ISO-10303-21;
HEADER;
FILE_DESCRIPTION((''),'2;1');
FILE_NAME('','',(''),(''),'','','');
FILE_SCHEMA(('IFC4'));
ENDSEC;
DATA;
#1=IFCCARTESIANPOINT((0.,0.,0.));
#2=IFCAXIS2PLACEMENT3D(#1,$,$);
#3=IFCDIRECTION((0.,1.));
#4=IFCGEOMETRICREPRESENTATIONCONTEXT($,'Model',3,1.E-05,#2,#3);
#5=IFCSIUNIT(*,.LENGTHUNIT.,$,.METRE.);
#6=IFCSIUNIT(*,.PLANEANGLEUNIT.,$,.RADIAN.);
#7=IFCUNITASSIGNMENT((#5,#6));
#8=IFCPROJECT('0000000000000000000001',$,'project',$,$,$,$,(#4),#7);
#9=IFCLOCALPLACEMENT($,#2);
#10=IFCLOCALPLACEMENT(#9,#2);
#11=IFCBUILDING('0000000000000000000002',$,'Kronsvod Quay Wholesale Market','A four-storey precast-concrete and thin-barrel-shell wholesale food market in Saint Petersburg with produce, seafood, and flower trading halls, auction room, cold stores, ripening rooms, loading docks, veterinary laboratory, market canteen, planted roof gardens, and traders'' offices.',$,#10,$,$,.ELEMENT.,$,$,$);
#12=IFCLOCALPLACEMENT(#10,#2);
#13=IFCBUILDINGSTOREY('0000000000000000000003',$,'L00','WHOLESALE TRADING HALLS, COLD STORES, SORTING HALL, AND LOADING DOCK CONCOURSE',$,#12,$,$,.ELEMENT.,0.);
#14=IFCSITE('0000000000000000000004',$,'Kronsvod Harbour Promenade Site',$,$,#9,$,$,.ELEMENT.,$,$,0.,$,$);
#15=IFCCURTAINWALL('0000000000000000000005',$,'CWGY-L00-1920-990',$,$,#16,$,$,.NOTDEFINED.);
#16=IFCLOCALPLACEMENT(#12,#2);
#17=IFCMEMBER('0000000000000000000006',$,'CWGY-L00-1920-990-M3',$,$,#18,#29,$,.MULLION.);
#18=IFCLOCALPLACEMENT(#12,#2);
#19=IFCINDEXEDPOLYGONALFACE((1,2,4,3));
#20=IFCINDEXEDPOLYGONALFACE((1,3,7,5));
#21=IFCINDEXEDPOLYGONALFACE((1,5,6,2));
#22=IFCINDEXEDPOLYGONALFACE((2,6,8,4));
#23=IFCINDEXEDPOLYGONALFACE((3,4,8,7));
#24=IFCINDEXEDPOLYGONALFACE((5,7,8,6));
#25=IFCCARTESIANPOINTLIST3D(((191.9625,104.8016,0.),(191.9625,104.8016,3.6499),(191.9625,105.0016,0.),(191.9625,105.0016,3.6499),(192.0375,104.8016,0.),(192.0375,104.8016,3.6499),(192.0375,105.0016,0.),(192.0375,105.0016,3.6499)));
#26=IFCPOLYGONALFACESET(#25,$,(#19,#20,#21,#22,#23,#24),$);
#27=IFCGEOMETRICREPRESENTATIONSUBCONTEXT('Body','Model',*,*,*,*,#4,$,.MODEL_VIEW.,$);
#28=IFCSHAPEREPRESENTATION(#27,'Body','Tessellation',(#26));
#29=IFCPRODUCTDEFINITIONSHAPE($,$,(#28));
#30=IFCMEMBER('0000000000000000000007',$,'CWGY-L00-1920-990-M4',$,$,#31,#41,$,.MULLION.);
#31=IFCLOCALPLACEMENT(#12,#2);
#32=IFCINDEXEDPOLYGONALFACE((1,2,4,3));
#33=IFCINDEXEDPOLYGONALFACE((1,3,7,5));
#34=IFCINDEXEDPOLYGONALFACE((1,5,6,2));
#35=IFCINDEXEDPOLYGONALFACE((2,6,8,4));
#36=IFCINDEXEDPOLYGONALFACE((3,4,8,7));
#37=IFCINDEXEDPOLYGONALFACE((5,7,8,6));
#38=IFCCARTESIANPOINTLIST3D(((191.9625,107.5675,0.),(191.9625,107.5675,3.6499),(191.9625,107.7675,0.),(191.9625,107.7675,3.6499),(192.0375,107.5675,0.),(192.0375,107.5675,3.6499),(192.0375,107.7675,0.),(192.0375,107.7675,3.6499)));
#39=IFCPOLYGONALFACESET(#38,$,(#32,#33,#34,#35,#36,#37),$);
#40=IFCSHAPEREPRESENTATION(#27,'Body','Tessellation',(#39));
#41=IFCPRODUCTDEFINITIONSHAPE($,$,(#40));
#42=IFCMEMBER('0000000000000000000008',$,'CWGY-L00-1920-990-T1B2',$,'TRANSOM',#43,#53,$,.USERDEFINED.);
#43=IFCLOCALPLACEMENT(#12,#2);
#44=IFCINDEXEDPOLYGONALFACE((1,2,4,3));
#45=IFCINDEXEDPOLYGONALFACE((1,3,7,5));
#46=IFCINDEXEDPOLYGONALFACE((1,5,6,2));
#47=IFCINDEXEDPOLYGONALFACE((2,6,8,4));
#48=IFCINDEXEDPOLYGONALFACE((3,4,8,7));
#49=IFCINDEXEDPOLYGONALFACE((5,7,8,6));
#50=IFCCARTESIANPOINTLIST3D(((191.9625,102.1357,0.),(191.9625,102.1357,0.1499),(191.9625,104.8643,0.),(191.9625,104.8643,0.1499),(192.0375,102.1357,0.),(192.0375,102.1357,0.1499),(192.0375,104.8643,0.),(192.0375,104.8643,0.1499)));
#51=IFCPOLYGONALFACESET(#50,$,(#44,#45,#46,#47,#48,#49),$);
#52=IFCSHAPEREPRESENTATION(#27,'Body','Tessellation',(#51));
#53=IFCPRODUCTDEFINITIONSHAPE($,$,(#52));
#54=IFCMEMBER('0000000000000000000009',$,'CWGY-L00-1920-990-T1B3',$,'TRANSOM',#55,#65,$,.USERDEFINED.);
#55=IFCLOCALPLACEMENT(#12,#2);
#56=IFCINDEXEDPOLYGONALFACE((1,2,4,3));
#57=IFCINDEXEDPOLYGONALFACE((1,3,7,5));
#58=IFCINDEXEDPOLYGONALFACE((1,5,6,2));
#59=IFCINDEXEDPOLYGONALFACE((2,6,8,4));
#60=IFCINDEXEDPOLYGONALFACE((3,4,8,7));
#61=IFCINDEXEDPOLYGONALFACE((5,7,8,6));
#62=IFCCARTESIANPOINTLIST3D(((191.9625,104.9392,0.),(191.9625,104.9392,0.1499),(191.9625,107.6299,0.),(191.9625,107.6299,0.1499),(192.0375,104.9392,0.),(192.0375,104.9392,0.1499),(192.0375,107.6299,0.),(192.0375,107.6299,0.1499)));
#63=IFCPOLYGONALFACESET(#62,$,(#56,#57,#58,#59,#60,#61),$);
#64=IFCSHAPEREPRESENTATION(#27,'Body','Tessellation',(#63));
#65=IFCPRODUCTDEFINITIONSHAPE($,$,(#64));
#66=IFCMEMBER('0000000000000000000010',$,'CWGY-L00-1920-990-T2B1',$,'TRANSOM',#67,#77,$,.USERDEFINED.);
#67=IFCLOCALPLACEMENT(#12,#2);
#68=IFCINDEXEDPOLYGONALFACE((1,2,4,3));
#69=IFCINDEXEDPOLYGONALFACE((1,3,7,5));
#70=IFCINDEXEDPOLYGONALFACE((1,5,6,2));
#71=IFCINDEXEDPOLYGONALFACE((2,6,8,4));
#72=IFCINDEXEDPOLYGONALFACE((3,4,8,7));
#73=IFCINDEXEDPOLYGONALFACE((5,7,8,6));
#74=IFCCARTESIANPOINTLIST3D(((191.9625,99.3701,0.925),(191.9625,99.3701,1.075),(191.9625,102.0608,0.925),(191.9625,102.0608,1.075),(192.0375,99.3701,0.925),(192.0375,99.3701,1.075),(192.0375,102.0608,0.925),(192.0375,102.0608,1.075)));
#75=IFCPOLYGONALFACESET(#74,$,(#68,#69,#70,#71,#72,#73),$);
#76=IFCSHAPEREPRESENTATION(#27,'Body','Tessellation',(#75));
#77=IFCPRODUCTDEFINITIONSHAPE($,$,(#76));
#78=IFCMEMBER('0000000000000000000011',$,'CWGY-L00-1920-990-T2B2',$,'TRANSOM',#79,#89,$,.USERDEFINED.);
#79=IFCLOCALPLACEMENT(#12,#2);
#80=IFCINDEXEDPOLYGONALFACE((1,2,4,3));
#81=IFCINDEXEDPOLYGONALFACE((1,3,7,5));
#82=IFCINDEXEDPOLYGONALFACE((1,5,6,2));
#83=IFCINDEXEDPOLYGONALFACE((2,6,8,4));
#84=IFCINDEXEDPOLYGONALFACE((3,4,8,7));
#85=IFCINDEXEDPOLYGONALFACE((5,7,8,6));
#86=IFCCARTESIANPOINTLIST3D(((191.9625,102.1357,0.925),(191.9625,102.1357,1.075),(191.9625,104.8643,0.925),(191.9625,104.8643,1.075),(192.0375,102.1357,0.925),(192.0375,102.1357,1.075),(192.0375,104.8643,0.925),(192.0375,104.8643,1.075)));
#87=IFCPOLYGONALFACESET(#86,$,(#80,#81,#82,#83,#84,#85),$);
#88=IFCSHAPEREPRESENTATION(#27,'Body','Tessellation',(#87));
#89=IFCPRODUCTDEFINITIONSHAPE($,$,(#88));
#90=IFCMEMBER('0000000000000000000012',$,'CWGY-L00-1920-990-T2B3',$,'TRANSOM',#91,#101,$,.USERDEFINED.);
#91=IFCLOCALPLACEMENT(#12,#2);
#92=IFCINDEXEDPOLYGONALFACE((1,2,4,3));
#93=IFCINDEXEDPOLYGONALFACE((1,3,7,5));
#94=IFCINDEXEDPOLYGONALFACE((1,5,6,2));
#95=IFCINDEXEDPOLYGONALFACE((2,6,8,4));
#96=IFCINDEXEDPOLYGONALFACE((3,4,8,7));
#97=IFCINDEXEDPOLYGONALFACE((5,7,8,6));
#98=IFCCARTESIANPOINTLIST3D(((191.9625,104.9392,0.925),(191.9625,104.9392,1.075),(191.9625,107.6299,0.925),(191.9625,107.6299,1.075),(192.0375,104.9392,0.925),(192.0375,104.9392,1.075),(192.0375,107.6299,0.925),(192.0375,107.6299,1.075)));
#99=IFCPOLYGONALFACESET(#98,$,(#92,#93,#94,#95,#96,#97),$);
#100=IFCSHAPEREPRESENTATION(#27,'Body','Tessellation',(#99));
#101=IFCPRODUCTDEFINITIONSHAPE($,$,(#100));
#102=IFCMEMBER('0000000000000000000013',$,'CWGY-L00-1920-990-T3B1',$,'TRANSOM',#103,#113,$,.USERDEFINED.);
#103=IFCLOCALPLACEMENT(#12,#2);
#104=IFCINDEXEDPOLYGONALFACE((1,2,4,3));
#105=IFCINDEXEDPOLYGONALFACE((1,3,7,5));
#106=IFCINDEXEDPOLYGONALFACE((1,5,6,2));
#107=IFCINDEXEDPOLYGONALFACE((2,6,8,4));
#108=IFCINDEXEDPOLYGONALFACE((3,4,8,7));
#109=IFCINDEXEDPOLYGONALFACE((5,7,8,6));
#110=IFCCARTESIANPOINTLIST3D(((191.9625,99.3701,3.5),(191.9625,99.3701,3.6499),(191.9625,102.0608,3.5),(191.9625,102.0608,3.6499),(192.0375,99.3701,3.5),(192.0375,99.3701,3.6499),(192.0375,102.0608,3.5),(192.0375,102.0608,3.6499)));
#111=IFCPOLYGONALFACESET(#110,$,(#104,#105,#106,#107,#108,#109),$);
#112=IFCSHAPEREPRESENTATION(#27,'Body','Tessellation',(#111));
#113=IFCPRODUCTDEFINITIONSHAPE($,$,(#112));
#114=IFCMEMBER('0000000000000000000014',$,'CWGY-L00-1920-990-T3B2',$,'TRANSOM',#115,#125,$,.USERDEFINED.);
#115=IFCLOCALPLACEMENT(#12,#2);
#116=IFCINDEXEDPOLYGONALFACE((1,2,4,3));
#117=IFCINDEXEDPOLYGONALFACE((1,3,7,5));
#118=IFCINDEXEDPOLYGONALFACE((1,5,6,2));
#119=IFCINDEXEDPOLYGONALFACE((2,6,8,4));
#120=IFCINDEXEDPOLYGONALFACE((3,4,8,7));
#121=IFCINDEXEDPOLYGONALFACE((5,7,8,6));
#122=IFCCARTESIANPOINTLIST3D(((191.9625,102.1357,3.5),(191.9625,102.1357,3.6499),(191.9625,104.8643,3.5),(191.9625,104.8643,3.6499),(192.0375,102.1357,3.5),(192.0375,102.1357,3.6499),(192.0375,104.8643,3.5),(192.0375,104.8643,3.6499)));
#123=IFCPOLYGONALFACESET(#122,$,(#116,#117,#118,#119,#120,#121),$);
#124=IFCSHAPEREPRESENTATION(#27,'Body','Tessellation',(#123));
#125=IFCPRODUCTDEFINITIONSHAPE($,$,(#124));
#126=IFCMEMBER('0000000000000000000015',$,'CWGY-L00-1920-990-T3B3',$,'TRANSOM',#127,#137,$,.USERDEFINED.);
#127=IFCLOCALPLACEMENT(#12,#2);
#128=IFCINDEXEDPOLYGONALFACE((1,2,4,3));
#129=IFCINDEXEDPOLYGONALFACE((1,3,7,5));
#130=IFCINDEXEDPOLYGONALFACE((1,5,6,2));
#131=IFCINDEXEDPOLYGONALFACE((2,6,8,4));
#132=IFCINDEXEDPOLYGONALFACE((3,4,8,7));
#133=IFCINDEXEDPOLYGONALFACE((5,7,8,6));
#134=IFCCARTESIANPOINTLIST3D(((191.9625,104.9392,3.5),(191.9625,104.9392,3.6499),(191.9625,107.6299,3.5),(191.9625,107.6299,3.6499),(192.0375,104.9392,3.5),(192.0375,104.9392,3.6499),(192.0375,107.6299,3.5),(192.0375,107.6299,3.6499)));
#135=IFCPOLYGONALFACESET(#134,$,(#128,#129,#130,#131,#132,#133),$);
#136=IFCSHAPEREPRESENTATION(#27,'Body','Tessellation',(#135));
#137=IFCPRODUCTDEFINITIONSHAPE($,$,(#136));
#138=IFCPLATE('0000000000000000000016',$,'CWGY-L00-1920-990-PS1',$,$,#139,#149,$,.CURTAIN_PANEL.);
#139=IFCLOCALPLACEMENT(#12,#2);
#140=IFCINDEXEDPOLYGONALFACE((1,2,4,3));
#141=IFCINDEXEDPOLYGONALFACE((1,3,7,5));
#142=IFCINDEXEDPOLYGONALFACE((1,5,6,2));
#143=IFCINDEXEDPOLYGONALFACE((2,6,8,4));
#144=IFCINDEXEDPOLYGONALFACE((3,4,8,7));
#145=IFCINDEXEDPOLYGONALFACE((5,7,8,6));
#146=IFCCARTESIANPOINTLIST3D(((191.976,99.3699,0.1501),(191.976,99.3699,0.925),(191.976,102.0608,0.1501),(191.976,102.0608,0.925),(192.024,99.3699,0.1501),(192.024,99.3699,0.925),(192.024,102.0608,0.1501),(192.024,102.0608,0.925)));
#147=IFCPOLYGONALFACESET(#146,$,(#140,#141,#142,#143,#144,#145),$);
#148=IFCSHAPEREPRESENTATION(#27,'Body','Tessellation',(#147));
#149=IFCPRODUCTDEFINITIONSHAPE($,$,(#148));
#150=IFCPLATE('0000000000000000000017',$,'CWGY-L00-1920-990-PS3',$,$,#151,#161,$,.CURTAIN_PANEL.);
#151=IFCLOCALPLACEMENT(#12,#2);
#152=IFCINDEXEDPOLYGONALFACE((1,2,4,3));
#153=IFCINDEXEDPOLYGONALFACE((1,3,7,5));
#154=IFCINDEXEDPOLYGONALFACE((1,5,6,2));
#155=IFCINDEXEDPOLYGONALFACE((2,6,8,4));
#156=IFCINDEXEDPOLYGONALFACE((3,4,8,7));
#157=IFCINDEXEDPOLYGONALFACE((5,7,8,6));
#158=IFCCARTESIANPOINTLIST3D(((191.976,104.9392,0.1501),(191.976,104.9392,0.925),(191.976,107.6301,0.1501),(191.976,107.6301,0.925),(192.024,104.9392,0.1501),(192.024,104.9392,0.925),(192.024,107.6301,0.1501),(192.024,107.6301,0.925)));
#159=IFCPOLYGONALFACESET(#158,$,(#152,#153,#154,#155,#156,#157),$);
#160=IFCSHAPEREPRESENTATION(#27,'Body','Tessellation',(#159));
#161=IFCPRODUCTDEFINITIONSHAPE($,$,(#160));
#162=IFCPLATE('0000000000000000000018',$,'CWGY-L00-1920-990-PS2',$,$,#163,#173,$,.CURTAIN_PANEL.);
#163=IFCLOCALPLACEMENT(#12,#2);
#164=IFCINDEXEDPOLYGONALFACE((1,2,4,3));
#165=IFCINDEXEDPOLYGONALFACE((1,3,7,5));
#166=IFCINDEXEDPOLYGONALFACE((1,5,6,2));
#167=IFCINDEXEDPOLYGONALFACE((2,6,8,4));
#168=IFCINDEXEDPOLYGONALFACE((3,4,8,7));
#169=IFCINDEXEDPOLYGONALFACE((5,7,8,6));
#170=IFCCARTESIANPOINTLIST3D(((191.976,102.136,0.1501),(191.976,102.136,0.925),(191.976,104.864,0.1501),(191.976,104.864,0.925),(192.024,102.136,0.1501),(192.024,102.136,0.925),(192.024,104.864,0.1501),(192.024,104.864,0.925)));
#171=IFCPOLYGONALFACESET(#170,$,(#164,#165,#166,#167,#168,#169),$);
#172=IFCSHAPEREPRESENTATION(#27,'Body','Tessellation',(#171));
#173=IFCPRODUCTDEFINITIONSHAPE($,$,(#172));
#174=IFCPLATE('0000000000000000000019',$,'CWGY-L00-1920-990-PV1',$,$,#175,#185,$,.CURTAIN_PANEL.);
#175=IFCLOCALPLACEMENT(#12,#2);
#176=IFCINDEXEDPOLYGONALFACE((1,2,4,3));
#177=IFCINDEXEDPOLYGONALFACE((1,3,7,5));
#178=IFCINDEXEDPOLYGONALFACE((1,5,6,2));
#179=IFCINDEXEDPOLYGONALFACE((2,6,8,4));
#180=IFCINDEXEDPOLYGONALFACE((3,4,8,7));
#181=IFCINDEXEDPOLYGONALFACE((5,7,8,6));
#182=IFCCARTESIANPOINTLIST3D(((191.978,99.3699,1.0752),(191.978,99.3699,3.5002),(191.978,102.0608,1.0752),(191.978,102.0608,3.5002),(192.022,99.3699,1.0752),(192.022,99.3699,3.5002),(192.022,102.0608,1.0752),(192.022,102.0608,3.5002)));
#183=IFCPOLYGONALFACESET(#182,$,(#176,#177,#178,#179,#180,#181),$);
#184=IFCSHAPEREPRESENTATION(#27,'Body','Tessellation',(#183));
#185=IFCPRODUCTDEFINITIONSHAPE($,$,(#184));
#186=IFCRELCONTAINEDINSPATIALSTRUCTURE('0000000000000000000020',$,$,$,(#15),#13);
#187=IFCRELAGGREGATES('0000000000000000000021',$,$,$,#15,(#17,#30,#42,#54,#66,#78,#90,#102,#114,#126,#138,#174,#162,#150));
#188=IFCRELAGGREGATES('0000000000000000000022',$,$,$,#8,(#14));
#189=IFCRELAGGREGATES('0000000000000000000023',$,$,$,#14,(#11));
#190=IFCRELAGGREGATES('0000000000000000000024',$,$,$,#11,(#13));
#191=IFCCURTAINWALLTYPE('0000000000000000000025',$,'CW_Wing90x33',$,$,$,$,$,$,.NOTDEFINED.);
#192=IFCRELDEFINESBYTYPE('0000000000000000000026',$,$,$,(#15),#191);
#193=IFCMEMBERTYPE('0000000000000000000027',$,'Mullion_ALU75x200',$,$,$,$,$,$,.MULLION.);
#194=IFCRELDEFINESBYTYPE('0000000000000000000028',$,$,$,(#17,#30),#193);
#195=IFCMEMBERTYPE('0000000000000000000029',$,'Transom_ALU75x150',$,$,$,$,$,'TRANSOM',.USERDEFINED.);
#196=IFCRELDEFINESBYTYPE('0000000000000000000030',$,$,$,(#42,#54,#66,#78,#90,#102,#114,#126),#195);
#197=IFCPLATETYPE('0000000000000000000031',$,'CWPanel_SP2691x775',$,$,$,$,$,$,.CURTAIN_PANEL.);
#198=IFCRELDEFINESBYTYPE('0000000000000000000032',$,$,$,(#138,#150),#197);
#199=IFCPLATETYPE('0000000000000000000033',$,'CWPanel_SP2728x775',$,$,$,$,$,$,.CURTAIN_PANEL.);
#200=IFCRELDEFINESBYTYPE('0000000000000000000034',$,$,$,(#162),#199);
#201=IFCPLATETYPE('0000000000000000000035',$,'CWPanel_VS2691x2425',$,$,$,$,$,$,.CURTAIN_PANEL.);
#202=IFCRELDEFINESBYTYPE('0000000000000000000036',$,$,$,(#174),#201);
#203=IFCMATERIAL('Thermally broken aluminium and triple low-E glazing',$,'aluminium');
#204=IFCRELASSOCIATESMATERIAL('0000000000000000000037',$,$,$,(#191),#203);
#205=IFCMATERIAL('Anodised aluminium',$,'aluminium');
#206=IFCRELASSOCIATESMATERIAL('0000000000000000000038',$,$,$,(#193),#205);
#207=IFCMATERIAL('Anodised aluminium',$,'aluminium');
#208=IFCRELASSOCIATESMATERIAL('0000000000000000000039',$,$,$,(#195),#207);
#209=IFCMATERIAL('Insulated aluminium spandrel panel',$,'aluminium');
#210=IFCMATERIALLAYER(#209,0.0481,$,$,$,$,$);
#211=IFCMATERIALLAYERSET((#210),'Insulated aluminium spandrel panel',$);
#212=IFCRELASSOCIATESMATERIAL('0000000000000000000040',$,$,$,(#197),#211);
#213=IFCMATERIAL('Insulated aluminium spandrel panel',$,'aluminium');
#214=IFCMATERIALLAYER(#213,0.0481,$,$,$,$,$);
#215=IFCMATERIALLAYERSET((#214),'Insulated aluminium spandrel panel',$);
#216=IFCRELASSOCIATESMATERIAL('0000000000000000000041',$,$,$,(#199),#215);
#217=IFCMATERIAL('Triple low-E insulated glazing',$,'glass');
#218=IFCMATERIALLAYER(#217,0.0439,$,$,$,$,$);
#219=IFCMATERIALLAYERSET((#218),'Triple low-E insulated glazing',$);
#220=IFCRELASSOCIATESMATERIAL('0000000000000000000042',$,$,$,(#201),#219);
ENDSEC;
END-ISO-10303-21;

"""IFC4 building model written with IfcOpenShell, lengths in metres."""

from ifc_helpers import new_model, si_unit, direction, frame, origin, origin_2d, place, context, subcontext, project, spatial, rectangle, extrude, material, layer, layer_set, material_profile, profile_set, type_object, element, aggregate, save


model = new_model("IFC4")

# Units and contexts
model_context = context("Model", 3, precision=1e-05, world=origin(), true_north=direction((0.0, 1.0)))
body_context = subcontext(model_context, "Body", "Model", "MODEL_VIEW")
ifc_project = project(units=[si_unit("LENGTHUNIT", "METRE"), si_unit("PLANEANGLEUNIT", "RADIAN")], contexts=[model_context])

# Site, building, storey
site_placement = place(None, origin())
site = spatial("IfcSite", under=ifc_project, at=site_placement, Name="Kronsvod Harbour Promenade Site", CompositionType="ELEMENT", RefElevation=0.0)
building_placement = place(site_placement, origin())
building = spatial("IfcBuilding", under=site, at=building_placement, Name="Kronsvod Quay Wholesale Market", Description="A four-storey precast-concrete and thin-barrel-shell wholesale food market in Saint Petersburg with produce, seafood, and flower trading halls, auction room, cold stores, ripening rooms, loading docks, veterinary laboratory, market canteen, planted roof gardens, and traders' offices.", CompositionType="ELEMENT")
storey_placement = place(building_placement, origin())
storey = spatial("IfcBuildingStorey", under=building, at=storey_placement, Name="L00", Description="WHOLESALE TRADING HALLS, COLD STORES, SORTING HALL, AND LOADING DOCK CONCOURSE", CompositionType="ELEMENT", Elevation=0.0)

# Curtain wall, members, plates
ifc_material_1 = material(Name="Thermally broken aluminium and triple low-E glazing", Category="aluminium")
curtain_wall_type = type_object("IfcCurtainWallType", Name="CW_Wing90x33", PredefinedType="NOTDEFINED", material=ifc_material_1)
curtain_wall_placement = place(storey_placement, origin())
curtain_wall = element("IfcCurtainWall", 1, at=curtain_wall_placement, inside=storey, type_object=curtain_wall_type, Name="CWGY-L00-1920-990", PredefinedType="NOTDEFINED")
ifc_material_2 = material(Name="Anodised aluminium", Category="aluminium")
ifc_material_profile_1 = material_profile(ifc_material_2, rectangle(XDim=0.075, YDim=0.2, at=origin_2d()), Name="ALUM75x200")
ifc_profile_set_1 = profile_set([ifc_material_profile_1], Name="Anodised aluminium")
member_type_1 = type_object("IfcMemberType", Name="Mullion_ALU75x200", PredefinedType="MULLION", material=ifc_profile_set_1)
member_1_placement = place(storey_placement, frame((192.0, 104.9016, 0.0), z_axis=(0.0, 0.0, 1.0), x_axis=(1.0, 0.0, 0.0)))
member_1 = element("IfcMember", 2, at=member_1_placement, type_object=member_type_1, Name="CWGY-L00-1920-990-M3", PredefinedType="MULLION", context=body_context, shape_type="SweptSolid", body=[
    extrude(rectangle(XDim=0.075, YDim=0.2, at=origin_2d()), origin(), (0.0, 0.0, 1.0), 3.6499),
])
member_2_placement = place(storey_placement, frame((192.0, 107.6675, 0.0), z_axis=(0.0, 0.0, 1.0), x_axis=(1.0, 0.0, 0.0)))
member_2 = element("IfcMember", 3, at=member_2_placement, type_object=member_type_1, Name="CWGY-L00-1920-990-M4", PredefinedType="MULLION", context=body_context, shape_type="SweptSolid", body=[
    extrude(rectangle(XDim=0.075, YDim=0.2, at=origin_2d()), origin(), (0.0, 0.0, 1.0), 3.6499),
])
ifc_material_3 = material(Name="Anodised aluminium", Category="aluminium")
ifc_material_profile_2 = material_profile(ifc_material_3, rectangle(XDim=0.075, YDim=0.1499, at=origin_2d()), Name="ALUT75x150")
ifc_profile_set_2 = profile_set([ifc_material_profile_2], Name="Anodised aluminium")
member_type_2 = type_object("IfcMemberType", Name="Transom_ALU75x150", ElementType="TRANSOM", PredefinedType="USERDEFINED", material=ifc_profile_set_2)
member_3_placement = place(storey_placement, frame((192.0, 102.1357, 0.075), z_axis=(0.0, 1.0, 0.0), x_axis=(-1.0, 0.0, 0.0)))
member_3 = element("IfcMember", 4, at=member_3_placement, type_object=member_type_2, Name="CWGY-L00-1920-990-T1B2", ObjectType="TRANSOM", PredefinedType="USERDEFINED", context=body_context, shape_type="SweptSolid", body=[
    extrude(rectangle(XDim=0.075, YDim=0.1499, at=origin_2d()), origin(), (0.0, 0.0, 1.0), 2.7285),
])
member_4_placement = place(storey_placement, frame((192.0, 104.9392, 0.075), z_axis=(0.0, 1.0, 0.0), x_axis=(-1.0, 0.0, 0.0)))
member_4 = element("IfcMember", 5, at=member_4_placement, type_object=member_type_2, Name="CWGY-L00-1920-990-T1B3", ObjectType="TRANSOM", PredefinedType="USERDEFINED", context=body_context, shape_type="SweptSolid", body=[
    extrude(rectangle(XDim=0.075, YDim=0.1499, at=origin_2d()), origin(), (0.0, 0.0, 1.0), 2.6907),
])
member_5_placement = place(storey_placement, frame((192.0, 99.3701, 1.0), z_axis=(0.0, 1.0, 0.0), x_axis=(-1.0, 0.0, 0.0)))
member_5 = element("IfcMember", 6, at=member_5_placement, type_object=member_type_2, Name="CWGY-L00-1920-990-T2B1", ObjectType="TRANSOM", PredefinedType="USERDEFINED", context=body_context, shape_type="SweptSolid", body=[
    extrude(rectangle(XDim=0.075, YDim=0.1499, at=origin_2d()), origin(), (0.0, 0.0, 1.0), 2.6907),
])
member_6_placement = place(storey_placement, frame((192.0, 102.1357, 1.0), z_axis=(0.0, 1.0, 0.0), x_axis=(-1.0, 0.0, 0.0)))
member_6 = element("IfcMember", 7, at=member_6_placement, type_object=member_type_2, Name="CWGY-L00-1920-990-T2B2", ObjectType="TRANSOM", PredefinedType="USERDEFINED", context=body_context, shape_type="SweptSolid", body=[
    extrude(rectangle(XDim=0.075, YDim=0.1499, at=origin_2d()), origin(), (0.0, 0.0, 1.0), 2.7285),
])
member_7_placement = place(storey_placement, frame((192.0, 104.9392, 1.0), z_axis=(0.0, 1.0, 0.0), x_axis=(-1.0, 0.0, 0.0)))
member_7 = element("IfcMember", 8, at=member_7_placement, type_object=member_type_2, Name="CWGY-L00-1920-990-T2B3", ObjectType="TRANSOM", PredefinedType="USERDEFINED", context=body_context, shape_type="SweptSolid", body=[
    extrude(rectangle(XDim=0.075, YDim=0.1499, at=origin_2d()), origin(), (0.0, 0.0, 1.0), 2.6907),
])
member_8_placement = place(storey_placement, frame((192.0, 99.3701, 3.575), z_axis=(0.0, 1.0, 0.0), x_axis=(-1.0, 0.0, 0.0)))
member_8 = element("IfcMember", 9, at=member_8_placement, type_object=member_type_2, Name="CWGY-L00-1920-990-T3B1", ObjectType="TRANSOM", PredefinedType="USERDEFINED", context=body_context, shape_type="SweptSolid", body=[
    extrude(rectangle(XDim=0.075, YDim=0.1499, at=origin_2d()), origin(), (0.0, 0.0, 1.0), 2.6907),
])
member_9_placement = place(storey_placement, frame((192.0, 102.1357, 3.575), z_axis=(0.0, 1.0, 0.0), x_axis=(-1.0, 0.0, 0.0)))
member_9 = element("IfcMember", 10, at=member_9_placement, type_object=member_type_2, Name="CWGY-L00-1920-990-T3B2", ObjectType="TRANSOM", PredefinedType="USERDEFINED", context=body_context, shape_type="SweptSolid", body=[
    extrude(rectangle(XDim=0.075, YDim=0.1499, at=origin_2d()), origin(), (0.0, 0.0, 1.0), 2.7285),
])
member_10_placement = place(storey_placement, frame((192.0, 104.9392, 3.575), z_axis=(0.0, 1.0, 0.0), x_axis=(-1.0, 0.0, 0.0)))
member_10 = element("IfcMember", 11, at=member_10_placement, type_object=member_type_2, Name="CWGY-L00-1920-990-T3B3", ObjectType="TRANSOM", PredefinedType="USERDEFINED", context=body_context, shape_type="SweptSolid", body=[
    extrude(rectangle(XDim=0.075, YDim=0.1499, at=origin_2d()), origin(), (0.0, 0.0, 1.0), 2.6907),
])
ifc_material_4 = material(Name="Insulated aluminium spandrel panel", Category="aluminium")
ifc_layer_1 = layer(ifc_material_4, 0.0481)
ifc_layer_set_1 = layer_set([ifc_layer_1], Name="Insulated aluminium spandrel panel")
plate_type_1 = type_object("IfcPlateType", Name="CWPanel_SP2691x775", PredefinedType="CURTAIN_PANEL", material=ifc_layer_set_1)
plate_1_placement = place(storey_placement, frame((192.0, 100.7153, 0.1501), z_axis=(0.0, 0.0, 1.0), x_axis=(0.0, 1.0, 0.0)))
plate_1 = element("IfcPlate", 12, at=plate_1_placement, type_object=plate_type_1, Name="CWGY-L00-1920-990-PS1", PredefinedType="CURTAIN_PANEL", context=body_context, shape_type="SweptSolid", body=[
    extrude(rectangle(XDim=2.6909, YDim=0.0481, at=origin_2d()), origin(), (0.0, 0.0, 1.0), 0.7749),
])
plate_2_placement = place(storey_placement, frame((192.0, 106.2847, 0.1501), z_axis=(0.0, 0.0, 1.0), x_axis=(0.0, 1.0, 0.0)))
plate_2 = element("IfcPlate", 13, at=plate_2_placement, type_object=plate_type_1, Name="CWGY-L00-1920-990-PS3", PredefinedType="CURTAIN_PANEL", context=body_context, shape_type="SweptSolid", body=[
    extrude(rectangle(XDim=2.6909, YDim=0.0481, at=origin_2d()), origin(), (0.0, 0.0, 1.0), 0.7749),
])
ifc_material_5 = material(Name="Insulated aluminium spandrel panel", Category="aluminium")
ifc_layer_2 = layer(ifc_material_5, 0.0481)
ifc_layer_set_2 = layer_set([ifc_layer_2], Name="Insulated aluminium spandrel panel")
plate_type_2 = type_object("IfcPlateType", Name="CWPanel_SP2728x775", PredefinedType="CURTAIN_PANEL", material=ifc_layer_set_2)
plate_3_placement = place(storey_placement, frame((192.0, 103.5, 0.1501), z_axis=(0.0, 0.0, 1.0), x_axis=(0.0, 1.0, 0.0)))
plate_3 = element("IfcPlate", 14, at=plate_3_placement, type_object=plate_type_2, Name="CWGY-L00-1920-990-PS2", PredefinedType="CURTAIN_PANEL", context=body_context, shape_type="SweptSolid", body=[
    extrude(rectangle(XDim=2.728, YDim=0.0481, at=origin_2d()), origin(), (0.0, 0.0, 1.0), 0.7749),
])
ifc_material_6 = material(Name="Triple low-E insulated glazing", Category="glass")
ifc_layer_3 = layer(ifc_material_6, 0.0439)
ifc_layer_set_3 = layer_set([ifc_layer_3], Name="Triple low-E insulated glazing")
plate_type_3 = type_object("IfcPlateType", Name="CWPanel_VS2691x2425", PredefinedType="CURTAIN_PANEL", material=ifc_layer_set_3)
plate_4_placement = place(storey_placement, frame((192.0, 100.7153, 1.0752), z_axis=(0.0, 0.0, 1.0), x_axis=(0.0, 1.0, 0.0)))
plate_4 = element("IfcPlate", 15, at=plate_4_placement, type_object=plate_type_3, Name="CWGY-L00-1920-990-PV1", PredefinedType="CURTAIN_PANEL", context=body_context, shape_type="SweptSolid", body=[
    extrude(rectangle(XDim=2.6909, YDim=0.0439, at=origin_2d()), origin(), (0.0, 0.0, 1.0), 2.425),
])
aggregate(curtain_wall, [member_1, member_2, member_3, member_4, member_5, member_6, member_7, member_8, member_9, member_10, plate_1, plate_4, plate_3, plate_2])

save(model, "model.ifc")
